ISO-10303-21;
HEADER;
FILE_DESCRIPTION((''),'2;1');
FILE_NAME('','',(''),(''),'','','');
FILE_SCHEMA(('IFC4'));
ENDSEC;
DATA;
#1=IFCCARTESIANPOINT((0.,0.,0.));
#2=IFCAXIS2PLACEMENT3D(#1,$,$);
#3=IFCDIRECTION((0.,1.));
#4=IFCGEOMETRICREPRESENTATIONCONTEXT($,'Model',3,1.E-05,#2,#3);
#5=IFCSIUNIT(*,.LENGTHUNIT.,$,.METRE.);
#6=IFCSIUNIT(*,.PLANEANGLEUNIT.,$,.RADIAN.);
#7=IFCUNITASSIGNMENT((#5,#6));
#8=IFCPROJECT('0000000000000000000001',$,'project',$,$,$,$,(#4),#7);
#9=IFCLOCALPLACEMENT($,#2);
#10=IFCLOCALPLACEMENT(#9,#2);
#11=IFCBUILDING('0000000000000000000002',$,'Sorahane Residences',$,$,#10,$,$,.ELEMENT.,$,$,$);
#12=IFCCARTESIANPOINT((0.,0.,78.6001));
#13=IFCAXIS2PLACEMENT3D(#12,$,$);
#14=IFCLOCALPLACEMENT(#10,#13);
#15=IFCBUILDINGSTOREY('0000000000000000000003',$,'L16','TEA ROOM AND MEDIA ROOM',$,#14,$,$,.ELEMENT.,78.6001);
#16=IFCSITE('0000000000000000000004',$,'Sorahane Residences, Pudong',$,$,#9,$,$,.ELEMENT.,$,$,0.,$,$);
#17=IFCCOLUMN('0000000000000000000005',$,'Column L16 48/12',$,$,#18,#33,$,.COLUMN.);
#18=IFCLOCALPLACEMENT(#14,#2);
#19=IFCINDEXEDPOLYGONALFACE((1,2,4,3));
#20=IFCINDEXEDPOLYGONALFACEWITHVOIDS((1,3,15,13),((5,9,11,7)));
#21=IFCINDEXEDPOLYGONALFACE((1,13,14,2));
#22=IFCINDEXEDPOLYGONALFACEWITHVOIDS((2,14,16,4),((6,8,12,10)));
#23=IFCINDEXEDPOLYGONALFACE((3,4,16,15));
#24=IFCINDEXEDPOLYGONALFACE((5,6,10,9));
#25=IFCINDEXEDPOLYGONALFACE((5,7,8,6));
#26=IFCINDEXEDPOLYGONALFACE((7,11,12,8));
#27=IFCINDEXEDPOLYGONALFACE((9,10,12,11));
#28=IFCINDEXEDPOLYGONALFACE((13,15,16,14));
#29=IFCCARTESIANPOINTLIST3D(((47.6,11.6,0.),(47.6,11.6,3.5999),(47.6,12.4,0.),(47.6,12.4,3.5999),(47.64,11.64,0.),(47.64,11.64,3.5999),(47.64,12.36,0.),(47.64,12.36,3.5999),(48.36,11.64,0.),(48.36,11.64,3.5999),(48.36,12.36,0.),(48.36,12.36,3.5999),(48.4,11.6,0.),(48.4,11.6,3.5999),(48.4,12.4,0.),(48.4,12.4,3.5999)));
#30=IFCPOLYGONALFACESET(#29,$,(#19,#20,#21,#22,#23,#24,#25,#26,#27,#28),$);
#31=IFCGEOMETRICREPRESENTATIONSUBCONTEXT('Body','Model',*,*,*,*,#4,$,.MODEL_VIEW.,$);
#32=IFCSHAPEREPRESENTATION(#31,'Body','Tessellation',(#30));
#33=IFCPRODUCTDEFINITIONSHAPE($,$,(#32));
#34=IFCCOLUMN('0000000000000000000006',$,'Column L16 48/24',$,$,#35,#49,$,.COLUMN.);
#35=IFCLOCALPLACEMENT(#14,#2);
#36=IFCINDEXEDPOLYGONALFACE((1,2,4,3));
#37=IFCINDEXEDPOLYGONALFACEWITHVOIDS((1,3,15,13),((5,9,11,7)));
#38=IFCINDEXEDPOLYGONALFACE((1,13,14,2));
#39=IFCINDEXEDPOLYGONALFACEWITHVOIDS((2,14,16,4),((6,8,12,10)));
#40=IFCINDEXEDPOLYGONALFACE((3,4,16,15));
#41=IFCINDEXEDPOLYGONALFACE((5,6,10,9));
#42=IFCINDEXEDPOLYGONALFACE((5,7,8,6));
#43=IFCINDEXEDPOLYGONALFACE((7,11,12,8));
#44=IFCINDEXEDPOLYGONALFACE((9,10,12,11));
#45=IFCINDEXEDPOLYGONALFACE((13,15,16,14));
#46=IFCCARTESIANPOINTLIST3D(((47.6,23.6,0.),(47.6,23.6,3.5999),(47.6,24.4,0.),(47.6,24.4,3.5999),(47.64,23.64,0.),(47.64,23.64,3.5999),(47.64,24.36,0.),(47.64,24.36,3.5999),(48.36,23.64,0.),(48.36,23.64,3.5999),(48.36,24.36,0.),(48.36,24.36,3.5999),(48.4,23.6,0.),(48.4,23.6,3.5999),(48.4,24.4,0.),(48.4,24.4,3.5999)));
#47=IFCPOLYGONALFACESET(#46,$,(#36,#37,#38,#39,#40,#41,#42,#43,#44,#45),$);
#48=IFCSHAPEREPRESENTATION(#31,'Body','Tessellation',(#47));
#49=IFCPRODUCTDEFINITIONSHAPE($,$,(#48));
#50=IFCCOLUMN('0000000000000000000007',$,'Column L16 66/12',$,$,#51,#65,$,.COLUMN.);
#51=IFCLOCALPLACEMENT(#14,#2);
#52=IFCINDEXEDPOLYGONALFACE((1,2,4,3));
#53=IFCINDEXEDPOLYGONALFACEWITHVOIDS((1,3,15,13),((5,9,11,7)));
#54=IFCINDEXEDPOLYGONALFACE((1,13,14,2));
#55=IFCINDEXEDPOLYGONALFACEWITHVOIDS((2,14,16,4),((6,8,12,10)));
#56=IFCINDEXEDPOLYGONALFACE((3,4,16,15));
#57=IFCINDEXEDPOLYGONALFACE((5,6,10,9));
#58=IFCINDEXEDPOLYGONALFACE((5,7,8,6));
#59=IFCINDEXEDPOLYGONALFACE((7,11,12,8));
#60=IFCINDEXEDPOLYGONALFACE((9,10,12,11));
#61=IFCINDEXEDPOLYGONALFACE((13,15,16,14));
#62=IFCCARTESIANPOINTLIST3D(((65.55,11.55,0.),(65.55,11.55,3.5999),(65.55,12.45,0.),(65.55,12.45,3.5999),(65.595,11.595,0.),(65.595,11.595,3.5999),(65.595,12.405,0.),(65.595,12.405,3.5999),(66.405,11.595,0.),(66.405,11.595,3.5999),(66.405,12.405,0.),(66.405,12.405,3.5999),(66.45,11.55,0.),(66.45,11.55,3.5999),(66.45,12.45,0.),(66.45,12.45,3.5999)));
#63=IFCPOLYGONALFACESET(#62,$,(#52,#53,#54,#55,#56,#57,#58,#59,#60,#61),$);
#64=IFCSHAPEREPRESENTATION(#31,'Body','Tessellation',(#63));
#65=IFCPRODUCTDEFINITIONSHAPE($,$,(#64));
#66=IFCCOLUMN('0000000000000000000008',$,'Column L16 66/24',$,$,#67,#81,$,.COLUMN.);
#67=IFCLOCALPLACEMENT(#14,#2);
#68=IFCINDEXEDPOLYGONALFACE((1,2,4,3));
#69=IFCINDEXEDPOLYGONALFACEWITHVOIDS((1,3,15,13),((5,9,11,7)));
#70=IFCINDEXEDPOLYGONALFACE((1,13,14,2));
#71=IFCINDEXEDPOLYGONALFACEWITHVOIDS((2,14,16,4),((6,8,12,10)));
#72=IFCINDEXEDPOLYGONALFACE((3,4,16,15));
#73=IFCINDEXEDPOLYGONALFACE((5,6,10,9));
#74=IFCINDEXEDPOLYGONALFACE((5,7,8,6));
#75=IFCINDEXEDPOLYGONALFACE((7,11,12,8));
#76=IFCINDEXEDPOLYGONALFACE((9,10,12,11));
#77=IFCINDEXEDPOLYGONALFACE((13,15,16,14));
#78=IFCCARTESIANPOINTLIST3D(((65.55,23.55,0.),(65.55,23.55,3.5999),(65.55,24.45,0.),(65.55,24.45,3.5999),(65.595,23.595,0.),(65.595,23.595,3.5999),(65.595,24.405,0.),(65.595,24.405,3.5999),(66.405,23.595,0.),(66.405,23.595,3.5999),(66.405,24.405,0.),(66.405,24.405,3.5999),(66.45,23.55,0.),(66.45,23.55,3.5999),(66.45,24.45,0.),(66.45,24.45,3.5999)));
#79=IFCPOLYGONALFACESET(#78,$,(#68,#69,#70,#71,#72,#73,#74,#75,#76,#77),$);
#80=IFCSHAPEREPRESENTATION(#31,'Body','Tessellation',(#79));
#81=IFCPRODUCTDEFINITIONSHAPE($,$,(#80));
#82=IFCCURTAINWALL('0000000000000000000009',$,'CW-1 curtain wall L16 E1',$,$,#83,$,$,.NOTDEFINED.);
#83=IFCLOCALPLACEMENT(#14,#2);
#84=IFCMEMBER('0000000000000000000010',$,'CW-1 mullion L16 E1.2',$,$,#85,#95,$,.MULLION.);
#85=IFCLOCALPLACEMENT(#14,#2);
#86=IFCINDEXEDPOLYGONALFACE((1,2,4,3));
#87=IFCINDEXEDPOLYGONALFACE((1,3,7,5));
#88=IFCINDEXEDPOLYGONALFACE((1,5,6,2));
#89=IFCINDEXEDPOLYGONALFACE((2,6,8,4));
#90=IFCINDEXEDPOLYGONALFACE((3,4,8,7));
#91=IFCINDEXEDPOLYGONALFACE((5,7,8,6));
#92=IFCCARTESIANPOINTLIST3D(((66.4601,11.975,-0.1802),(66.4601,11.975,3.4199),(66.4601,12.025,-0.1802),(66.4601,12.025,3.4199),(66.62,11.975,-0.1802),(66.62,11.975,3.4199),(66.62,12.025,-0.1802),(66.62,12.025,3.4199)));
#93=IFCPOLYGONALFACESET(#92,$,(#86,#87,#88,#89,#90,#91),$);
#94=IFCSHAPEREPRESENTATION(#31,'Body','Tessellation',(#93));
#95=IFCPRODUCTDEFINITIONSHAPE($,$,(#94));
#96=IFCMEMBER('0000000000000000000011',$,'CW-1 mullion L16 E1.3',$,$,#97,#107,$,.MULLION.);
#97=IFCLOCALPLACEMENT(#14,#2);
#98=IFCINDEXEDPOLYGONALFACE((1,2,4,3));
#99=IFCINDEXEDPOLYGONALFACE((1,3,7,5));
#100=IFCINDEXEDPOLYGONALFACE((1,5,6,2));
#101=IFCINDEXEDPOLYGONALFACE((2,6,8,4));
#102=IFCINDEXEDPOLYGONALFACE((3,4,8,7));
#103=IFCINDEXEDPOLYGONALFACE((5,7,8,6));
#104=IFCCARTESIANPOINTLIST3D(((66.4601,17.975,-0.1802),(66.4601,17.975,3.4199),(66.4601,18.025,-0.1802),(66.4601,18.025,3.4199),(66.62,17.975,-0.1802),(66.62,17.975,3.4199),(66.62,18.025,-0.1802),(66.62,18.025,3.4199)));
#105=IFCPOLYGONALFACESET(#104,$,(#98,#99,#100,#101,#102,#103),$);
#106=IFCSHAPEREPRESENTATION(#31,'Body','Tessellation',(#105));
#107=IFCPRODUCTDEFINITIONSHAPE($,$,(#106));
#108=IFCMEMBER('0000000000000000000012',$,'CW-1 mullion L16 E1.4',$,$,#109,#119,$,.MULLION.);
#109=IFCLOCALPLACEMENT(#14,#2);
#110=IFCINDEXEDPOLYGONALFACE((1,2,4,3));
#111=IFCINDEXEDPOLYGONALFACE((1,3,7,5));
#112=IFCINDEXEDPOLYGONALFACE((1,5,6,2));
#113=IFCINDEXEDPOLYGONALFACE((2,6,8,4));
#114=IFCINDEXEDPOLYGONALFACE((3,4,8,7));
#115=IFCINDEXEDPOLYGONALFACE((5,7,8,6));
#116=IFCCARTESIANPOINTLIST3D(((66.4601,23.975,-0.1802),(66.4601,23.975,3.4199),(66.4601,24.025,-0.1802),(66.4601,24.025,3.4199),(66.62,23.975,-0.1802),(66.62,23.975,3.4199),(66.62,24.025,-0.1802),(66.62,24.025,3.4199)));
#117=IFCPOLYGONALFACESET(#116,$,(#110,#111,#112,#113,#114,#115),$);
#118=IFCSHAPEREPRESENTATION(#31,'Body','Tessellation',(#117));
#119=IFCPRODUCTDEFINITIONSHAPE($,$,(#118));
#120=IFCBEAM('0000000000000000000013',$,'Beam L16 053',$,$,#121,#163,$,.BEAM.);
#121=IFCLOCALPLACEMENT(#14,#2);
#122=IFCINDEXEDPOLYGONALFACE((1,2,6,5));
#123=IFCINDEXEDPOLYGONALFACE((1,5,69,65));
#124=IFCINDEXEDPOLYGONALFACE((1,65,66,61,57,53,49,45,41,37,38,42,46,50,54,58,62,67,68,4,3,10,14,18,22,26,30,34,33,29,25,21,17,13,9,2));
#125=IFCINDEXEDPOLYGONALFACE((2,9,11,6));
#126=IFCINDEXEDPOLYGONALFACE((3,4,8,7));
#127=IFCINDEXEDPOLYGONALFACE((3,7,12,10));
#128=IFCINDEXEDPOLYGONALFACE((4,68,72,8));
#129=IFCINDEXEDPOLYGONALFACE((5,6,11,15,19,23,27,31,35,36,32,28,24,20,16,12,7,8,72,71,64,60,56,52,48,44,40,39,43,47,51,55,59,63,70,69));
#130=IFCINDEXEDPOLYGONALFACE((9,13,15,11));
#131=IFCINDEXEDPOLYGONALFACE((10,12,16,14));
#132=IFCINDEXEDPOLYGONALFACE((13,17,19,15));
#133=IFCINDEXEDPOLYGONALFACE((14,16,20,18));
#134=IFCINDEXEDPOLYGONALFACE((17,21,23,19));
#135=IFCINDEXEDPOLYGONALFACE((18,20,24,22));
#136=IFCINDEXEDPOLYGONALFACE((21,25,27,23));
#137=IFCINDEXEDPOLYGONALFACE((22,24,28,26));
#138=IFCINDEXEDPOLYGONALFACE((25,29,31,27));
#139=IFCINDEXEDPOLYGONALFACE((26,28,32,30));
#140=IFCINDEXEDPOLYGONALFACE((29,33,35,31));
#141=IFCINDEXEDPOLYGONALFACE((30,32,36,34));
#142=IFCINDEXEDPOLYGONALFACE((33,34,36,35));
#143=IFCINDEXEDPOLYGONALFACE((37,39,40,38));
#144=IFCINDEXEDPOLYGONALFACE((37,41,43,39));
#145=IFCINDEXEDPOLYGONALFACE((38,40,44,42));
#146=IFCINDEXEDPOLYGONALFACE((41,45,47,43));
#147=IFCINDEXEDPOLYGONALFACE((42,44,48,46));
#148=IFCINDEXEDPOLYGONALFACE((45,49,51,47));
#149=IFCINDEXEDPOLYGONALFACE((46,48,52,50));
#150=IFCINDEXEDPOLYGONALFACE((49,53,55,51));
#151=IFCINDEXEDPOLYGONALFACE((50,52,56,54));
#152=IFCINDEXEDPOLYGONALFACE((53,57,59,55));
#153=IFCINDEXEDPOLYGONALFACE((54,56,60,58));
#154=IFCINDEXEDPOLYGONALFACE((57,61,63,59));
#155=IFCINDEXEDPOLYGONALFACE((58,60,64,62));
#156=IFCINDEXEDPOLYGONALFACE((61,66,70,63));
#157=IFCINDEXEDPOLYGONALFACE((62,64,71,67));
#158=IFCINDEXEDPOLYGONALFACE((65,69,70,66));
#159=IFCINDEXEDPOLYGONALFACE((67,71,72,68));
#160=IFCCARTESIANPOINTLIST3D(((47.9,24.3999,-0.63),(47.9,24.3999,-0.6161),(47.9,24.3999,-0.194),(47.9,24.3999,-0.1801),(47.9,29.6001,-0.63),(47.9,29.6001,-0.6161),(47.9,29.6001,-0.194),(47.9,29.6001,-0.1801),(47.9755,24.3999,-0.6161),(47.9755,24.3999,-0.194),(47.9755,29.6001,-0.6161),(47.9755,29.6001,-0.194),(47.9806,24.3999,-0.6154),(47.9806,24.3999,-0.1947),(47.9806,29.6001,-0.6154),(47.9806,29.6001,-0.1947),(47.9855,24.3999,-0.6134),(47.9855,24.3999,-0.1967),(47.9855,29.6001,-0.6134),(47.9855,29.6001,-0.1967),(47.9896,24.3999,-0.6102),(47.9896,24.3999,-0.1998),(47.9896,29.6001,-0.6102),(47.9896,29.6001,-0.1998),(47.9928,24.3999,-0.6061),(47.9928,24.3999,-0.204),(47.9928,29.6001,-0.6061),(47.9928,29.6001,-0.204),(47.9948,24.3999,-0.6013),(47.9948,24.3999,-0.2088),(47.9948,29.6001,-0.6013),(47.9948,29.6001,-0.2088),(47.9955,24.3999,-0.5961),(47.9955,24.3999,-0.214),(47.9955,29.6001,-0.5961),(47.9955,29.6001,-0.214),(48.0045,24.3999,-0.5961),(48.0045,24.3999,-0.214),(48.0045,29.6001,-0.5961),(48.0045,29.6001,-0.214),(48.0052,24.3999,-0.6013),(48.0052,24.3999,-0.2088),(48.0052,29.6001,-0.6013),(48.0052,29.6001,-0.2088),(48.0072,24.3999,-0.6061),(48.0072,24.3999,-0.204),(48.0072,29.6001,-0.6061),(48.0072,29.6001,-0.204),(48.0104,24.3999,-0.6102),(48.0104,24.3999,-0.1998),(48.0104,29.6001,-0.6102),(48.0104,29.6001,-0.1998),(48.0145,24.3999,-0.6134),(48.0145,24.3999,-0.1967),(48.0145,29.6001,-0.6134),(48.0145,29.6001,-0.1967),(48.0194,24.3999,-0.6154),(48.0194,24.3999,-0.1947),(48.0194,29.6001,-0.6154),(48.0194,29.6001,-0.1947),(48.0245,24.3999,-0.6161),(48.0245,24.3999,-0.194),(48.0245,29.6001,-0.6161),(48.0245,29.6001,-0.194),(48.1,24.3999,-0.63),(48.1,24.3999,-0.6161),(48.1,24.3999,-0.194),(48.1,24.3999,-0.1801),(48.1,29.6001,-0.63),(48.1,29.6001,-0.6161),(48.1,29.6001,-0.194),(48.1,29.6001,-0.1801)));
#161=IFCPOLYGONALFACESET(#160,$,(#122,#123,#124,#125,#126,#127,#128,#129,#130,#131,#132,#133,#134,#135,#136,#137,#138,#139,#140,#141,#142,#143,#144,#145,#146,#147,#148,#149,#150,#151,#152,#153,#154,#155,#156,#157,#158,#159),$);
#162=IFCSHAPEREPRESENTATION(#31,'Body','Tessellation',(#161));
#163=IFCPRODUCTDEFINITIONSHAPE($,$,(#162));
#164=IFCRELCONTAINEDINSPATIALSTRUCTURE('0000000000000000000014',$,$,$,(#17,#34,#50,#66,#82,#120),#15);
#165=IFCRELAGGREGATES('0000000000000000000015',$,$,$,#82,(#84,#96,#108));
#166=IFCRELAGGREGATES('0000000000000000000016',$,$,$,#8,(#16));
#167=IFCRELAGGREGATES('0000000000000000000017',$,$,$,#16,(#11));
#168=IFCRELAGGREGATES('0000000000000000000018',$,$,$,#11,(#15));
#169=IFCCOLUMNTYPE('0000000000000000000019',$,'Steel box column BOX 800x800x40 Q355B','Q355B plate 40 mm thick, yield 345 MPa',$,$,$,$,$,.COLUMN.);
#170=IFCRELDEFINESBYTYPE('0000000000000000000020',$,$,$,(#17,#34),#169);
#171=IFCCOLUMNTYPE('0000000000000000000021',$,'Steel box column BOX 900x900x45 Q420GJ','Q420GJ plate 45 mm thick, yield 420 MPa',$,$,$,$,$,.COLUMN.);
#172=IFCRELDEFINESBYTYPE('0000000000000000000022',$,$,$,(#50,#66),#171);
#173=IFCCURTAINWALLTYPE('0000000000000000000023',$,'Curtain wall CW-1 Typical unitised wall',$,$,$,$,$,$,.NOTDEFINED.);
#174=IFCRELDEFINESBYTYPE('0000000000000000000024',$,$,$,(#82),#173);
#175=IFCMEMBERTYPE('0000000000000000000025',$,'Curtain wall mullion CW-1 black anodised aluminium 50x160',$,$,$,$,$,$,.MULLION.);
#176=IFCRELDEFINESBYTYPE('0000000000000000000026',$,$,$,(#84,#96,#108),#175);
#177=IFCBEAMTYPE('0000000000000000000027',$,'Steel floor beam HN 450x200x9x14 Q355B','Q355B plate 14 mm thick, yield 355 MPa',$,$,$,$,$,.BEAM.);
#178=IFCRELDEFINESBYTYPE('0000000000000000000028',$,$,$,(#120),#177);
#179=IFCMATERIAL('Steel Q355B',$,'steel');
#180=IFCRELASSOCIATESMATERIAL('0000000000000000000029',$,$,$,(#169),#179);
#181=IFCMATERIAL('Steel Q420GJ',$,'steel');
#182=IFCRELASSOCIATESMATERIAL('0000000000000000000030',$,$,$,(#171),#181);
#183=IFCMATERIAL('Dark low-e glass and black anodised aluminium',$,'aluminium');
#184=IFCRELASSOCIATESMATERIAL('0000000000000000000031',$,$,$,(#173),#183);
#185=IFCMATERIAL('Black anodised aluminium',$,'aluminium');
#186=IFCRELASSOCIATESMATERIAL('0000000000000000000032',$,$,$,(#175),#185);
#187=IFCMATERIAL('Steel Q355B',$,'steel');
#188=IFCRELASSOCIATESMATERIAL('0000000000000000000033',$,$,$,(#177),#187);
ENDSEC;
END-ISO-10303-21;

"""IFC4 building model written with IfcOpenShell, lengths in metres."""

from ifc_helpers import new_model, si_unit, direction, frame, origin, origin_2d, place, context, subcontext, project, spatial, rectangle, hollow_rectangle, i_section, extrude, material, material_profile, profile_set, type_object, element, aggregate, save


model = new_model("IFC4")

# Units and contexts
model_context = context("Model", 3, precision=1e-05, world=origin(), true_north=direction((0.0, 1.0)))
body_context = subcontext(model_context, "Body", "Model", "MODEL_VIEW")
ifc_project = project(units=[si_unit("LENGTHUNIT", "METRE"), si_unit("PLANEANGLEUNIT", "RADIAN")], contexts=[model_context])

# Site, building, storey
site_placement = place(None, origin())
site = spatial("IfcSite", under=ifc_project, at=site_placement, Name="Sorahane Residences, Pudong", CompositionType="ELEMENT", RefElevation=0.0)
building_placement = place(site_placement, origin())
building = spatial("IfcBuilding", under=site, at=building_placement, Name="Sorahane Residences", CompositionType="ELEMENT")
storey_placement = place(building_placement, frame((0.0, 0.0, 78.6001)))
storey = spatial("IfcBuildingStorey", under=building, at=storey_placement, Name="L16", Description="TEA ROOM AND MEDIA ROOM", CompositionType="ELEMENT", Elevation=78.6001)

# Columns
ifc_material_1 = material(Name="Steel Q355B", Category="steel")
ifc_material_profile_1 = material_profile(ifc_material_1, hollow_rectangle(XDim=0.8, YDim=0.8, WallThickness=0.04, at=origin_2d()), Name="BOX 800x800x40")
ifc_profile_set_1 = profile_set([ifc_material_profile_1], Name="Steel Q355B")
column_type_1 = type_object("IfcColumnType", Name="Steel box column BOX 800x800x40 Q355B", Description="Q355B plate 40 mm thick, yield 345 MPa", PredefinedType="COLUMN", material=ifc_profile_set_1)
for number, where, z_axis, x_axis, name in (
    (1, (48.0, 12.0, 0.0), (0.0, 0.0, 1.0), (1.0, 0.0, 0.0), "Column L16 48/12"),
    (2, (48.0, 24.0, 0.0), (0.0, 0.0, 1.0), (1.0, 0.0, 0.0), "Column L16 48/24"),
):
    element("IfcColumn", number, at=place(storey_placement, frame(where, z_axis=z_axis, x_axis=x_axis)), inside=storey, type_object=column_type_1, Name=name, PredefinedType="COLUMN", context=body_context, shape_type="SweptSolid", body=[
        extrude(hollow_rectangle(XDim=0.8, YDim=0.8, WallThickness=0.04, at=origin_2d()), origin(), (0.0, 0.0, 1.0), 3.5999),
    ])
ifc_material_2 = material(Name="Steel Q420GJ", Category="steel")
ifc_material_profile_2 = material_profile(ifc_material_2, hollow_rectangle(XDim=0.8999, YDim=0.8999, WallThickness=0.0449, at=origin_2d()), Name="BOX 900x900x45")
ifc_profile_set_2 = profile_set([ifc_material_profile_2], Name="Steel Q420GJ")
column_type_2 = type_object("IfcColumnType", Name="Steel box column BOX 900x900x45 Q420GJ", Description="Q420GJ plate 45 mm thick, yield 420 MPa", PredefinedType="COLUMN", material=ifc_profile_set_2)
for number, where, z_axis, x_axis, name in (
    (3, (66.0, 12.0, 0.0), (0.0, 0.0, 1.0), (1.0, 0.0, 0.0), "Column L16 66/12"),
    (4, (66.0, 24.0, 0.0), (0.0, 0.0, 1.0), (1.0, 0.0, 0.0), "Column L16 66/24"),
):
    element("IfcColumn", number, at=place(storey_placement, frame(where, z_axis=z_axis, x_axis=x_axis)), inside=storey, type_object=column_type_2, Name=name, PredefinedType="COLUMN", context=body_context, shape_type="SweptSolid", body=[
        extrude(hollow_rectangle(XDim=0.8999, YDim=0.8999, WallThickness=0.0449, at=origin_2d()), origin(), (0.0, 0.0, 1.0), 3.5999),
    ])

# Curtain wall, members
ifc_material_3 = material(Name="Dark low-e glass and black anodised aluminium", Category="aluminium")
curtain_wall_type = type_object("IfcCurtainWallType", Name="Curtain wall CW-1 Typical unitised wall", PredefinedType="NOTDEFINED", material=ifc_material_3)
curtain_wall_placement = place(storey_placement, origin())
curtain_wall = element("IfcCurtainWall", 5, at=curtain_wall_placement, inside=storey, type_object=curtain_wall_type, Name="CW-1 curtain wall L16 E1", PredefinedType="NOTDEFINED")
ifc_material_4 = material(Name="Black anodised aluminium", Category="aluminium")
ifc_material_profile_3 = material_profile(ifc_material_4, rectangle(XDim=0.1599, YDim=0.05, at=origin_2d()), Name="Curtain wall mullion CW-1 black anodised aluminium 50x160")
ifc_profile_set_3 = profile_set([ifc_material_profile_3], Name="Black anodised aluminium")
member_type = type_object("IfcMemberType", Name="Curtain wall mullion CW-1 black anodised aluminium 50x160", PredefinedType="MULLION", material=ifc_profile_set_3)
member_1_placement = place(storey_placement, frame((66.54, 12.0, -0.1802), z_axis=(0.0, 0.0, 1.0), x_axis=(1.0, 0.0, 0.0)))
member_1 = element("IfcMember", 6, at=member_1_placement, type_object=member_type, Name="CW-1 mullion L16 E1.2", PredefinedType="MULLION", context=body_context, shape_type="SweptSolid", body=[
    extrude(rectangle(XDim=0.1599, YDim=0.05, at=origin_2d()), origin(), (0.0, 0.0, 1.0), 3.6001),
])
member_2_placement = place(storey_placement, frame((66.54, 18.0, -0.1802), z_axis=(0.0, 0.0, 1.0), x_axis=(1.0, 0.0, 0.0)))
member_2 = element("IfcMember", 7, at=member_2_placement, type_object=member_type, Name="CW-1 mullion L16 E1.3", PredefinedType="MULLION", context=body_context, shape_type="SweptSolid", body=[
    extrude(rectangle(XDim=0.1599, YDim=0.05, at=origin_2d()), origin(), (0.0, 0.0, 1.0), 3.6001),
])
member_3_placement = place(storey_placement, frame((66.54, 24.0, -0.1802), z_axis=(0.0, 0.0, 1.0), x_axis=(1.0, 0.0, 0.0)))
member_3 = element("IfcMember", 8, at=member_3_placement, type_object=member_type, Name="CW-1 mullion L16 E1.4", PredefinedType="MULLION", context=body_context, shape_type="SweptSolid", body=[
    extrude(rectangle(XDim=0.1599, YDim=0.05, at=origin_2d()), origin(), (0.0, 0.0, 1.0), 3.6001),
])

# Beam
ifc_material_5 = material(Name="Steel Q355B", Category="steel")
ifc_material_profile_4 = material_profile(ifc_material_5, i_section(OverallWidth=0.2, OverallDepth=0.45, WebThickness=0.009, FlangeThickness=0.0139, FilletRadius=0.02, at=origin_2d()), Name="HN 450x200x9x14")
ifc_profile_set_4 = profile_set([ifc_material_profile_4], Name="Steel Q355B")
beam_type_1 = type_object("IfcBeamType", Name="Steel floor beam HN 450x200x9x14 Q355B", Description="Q355B plate 14 mm thick, yield 355 MPa", PredefinedType="BEAM", material=ifc_profile_set_4)
beam_1_placement = place(storey_placement, frame((48.0, 24.3999, -0.405), z_axis=(0.0, 1.0, 0.0), x_axis=(-1.0, 0.0, 0.0)))
element("IfcBeam", 9, at=beam_1_placement, inside=storey, type_object=beam_type_1, Name="Beam L16 053", PredefinedType="BEAM", context=body_context, shape_type="SweptSolid", body=[
    extrude(i_section(OverallWidth=0.2, OverallDepth=0.45, WebThickness=0.009, FlangeThickness=0.0139, FilletRadius=0.02, at=origin_2d()), origin(), (0.0, 0.0, 1.0), 5.2002),
])

aggregate(curtain_wall, [member_1, member_2, member_3])

save(model, "model.ifc")
